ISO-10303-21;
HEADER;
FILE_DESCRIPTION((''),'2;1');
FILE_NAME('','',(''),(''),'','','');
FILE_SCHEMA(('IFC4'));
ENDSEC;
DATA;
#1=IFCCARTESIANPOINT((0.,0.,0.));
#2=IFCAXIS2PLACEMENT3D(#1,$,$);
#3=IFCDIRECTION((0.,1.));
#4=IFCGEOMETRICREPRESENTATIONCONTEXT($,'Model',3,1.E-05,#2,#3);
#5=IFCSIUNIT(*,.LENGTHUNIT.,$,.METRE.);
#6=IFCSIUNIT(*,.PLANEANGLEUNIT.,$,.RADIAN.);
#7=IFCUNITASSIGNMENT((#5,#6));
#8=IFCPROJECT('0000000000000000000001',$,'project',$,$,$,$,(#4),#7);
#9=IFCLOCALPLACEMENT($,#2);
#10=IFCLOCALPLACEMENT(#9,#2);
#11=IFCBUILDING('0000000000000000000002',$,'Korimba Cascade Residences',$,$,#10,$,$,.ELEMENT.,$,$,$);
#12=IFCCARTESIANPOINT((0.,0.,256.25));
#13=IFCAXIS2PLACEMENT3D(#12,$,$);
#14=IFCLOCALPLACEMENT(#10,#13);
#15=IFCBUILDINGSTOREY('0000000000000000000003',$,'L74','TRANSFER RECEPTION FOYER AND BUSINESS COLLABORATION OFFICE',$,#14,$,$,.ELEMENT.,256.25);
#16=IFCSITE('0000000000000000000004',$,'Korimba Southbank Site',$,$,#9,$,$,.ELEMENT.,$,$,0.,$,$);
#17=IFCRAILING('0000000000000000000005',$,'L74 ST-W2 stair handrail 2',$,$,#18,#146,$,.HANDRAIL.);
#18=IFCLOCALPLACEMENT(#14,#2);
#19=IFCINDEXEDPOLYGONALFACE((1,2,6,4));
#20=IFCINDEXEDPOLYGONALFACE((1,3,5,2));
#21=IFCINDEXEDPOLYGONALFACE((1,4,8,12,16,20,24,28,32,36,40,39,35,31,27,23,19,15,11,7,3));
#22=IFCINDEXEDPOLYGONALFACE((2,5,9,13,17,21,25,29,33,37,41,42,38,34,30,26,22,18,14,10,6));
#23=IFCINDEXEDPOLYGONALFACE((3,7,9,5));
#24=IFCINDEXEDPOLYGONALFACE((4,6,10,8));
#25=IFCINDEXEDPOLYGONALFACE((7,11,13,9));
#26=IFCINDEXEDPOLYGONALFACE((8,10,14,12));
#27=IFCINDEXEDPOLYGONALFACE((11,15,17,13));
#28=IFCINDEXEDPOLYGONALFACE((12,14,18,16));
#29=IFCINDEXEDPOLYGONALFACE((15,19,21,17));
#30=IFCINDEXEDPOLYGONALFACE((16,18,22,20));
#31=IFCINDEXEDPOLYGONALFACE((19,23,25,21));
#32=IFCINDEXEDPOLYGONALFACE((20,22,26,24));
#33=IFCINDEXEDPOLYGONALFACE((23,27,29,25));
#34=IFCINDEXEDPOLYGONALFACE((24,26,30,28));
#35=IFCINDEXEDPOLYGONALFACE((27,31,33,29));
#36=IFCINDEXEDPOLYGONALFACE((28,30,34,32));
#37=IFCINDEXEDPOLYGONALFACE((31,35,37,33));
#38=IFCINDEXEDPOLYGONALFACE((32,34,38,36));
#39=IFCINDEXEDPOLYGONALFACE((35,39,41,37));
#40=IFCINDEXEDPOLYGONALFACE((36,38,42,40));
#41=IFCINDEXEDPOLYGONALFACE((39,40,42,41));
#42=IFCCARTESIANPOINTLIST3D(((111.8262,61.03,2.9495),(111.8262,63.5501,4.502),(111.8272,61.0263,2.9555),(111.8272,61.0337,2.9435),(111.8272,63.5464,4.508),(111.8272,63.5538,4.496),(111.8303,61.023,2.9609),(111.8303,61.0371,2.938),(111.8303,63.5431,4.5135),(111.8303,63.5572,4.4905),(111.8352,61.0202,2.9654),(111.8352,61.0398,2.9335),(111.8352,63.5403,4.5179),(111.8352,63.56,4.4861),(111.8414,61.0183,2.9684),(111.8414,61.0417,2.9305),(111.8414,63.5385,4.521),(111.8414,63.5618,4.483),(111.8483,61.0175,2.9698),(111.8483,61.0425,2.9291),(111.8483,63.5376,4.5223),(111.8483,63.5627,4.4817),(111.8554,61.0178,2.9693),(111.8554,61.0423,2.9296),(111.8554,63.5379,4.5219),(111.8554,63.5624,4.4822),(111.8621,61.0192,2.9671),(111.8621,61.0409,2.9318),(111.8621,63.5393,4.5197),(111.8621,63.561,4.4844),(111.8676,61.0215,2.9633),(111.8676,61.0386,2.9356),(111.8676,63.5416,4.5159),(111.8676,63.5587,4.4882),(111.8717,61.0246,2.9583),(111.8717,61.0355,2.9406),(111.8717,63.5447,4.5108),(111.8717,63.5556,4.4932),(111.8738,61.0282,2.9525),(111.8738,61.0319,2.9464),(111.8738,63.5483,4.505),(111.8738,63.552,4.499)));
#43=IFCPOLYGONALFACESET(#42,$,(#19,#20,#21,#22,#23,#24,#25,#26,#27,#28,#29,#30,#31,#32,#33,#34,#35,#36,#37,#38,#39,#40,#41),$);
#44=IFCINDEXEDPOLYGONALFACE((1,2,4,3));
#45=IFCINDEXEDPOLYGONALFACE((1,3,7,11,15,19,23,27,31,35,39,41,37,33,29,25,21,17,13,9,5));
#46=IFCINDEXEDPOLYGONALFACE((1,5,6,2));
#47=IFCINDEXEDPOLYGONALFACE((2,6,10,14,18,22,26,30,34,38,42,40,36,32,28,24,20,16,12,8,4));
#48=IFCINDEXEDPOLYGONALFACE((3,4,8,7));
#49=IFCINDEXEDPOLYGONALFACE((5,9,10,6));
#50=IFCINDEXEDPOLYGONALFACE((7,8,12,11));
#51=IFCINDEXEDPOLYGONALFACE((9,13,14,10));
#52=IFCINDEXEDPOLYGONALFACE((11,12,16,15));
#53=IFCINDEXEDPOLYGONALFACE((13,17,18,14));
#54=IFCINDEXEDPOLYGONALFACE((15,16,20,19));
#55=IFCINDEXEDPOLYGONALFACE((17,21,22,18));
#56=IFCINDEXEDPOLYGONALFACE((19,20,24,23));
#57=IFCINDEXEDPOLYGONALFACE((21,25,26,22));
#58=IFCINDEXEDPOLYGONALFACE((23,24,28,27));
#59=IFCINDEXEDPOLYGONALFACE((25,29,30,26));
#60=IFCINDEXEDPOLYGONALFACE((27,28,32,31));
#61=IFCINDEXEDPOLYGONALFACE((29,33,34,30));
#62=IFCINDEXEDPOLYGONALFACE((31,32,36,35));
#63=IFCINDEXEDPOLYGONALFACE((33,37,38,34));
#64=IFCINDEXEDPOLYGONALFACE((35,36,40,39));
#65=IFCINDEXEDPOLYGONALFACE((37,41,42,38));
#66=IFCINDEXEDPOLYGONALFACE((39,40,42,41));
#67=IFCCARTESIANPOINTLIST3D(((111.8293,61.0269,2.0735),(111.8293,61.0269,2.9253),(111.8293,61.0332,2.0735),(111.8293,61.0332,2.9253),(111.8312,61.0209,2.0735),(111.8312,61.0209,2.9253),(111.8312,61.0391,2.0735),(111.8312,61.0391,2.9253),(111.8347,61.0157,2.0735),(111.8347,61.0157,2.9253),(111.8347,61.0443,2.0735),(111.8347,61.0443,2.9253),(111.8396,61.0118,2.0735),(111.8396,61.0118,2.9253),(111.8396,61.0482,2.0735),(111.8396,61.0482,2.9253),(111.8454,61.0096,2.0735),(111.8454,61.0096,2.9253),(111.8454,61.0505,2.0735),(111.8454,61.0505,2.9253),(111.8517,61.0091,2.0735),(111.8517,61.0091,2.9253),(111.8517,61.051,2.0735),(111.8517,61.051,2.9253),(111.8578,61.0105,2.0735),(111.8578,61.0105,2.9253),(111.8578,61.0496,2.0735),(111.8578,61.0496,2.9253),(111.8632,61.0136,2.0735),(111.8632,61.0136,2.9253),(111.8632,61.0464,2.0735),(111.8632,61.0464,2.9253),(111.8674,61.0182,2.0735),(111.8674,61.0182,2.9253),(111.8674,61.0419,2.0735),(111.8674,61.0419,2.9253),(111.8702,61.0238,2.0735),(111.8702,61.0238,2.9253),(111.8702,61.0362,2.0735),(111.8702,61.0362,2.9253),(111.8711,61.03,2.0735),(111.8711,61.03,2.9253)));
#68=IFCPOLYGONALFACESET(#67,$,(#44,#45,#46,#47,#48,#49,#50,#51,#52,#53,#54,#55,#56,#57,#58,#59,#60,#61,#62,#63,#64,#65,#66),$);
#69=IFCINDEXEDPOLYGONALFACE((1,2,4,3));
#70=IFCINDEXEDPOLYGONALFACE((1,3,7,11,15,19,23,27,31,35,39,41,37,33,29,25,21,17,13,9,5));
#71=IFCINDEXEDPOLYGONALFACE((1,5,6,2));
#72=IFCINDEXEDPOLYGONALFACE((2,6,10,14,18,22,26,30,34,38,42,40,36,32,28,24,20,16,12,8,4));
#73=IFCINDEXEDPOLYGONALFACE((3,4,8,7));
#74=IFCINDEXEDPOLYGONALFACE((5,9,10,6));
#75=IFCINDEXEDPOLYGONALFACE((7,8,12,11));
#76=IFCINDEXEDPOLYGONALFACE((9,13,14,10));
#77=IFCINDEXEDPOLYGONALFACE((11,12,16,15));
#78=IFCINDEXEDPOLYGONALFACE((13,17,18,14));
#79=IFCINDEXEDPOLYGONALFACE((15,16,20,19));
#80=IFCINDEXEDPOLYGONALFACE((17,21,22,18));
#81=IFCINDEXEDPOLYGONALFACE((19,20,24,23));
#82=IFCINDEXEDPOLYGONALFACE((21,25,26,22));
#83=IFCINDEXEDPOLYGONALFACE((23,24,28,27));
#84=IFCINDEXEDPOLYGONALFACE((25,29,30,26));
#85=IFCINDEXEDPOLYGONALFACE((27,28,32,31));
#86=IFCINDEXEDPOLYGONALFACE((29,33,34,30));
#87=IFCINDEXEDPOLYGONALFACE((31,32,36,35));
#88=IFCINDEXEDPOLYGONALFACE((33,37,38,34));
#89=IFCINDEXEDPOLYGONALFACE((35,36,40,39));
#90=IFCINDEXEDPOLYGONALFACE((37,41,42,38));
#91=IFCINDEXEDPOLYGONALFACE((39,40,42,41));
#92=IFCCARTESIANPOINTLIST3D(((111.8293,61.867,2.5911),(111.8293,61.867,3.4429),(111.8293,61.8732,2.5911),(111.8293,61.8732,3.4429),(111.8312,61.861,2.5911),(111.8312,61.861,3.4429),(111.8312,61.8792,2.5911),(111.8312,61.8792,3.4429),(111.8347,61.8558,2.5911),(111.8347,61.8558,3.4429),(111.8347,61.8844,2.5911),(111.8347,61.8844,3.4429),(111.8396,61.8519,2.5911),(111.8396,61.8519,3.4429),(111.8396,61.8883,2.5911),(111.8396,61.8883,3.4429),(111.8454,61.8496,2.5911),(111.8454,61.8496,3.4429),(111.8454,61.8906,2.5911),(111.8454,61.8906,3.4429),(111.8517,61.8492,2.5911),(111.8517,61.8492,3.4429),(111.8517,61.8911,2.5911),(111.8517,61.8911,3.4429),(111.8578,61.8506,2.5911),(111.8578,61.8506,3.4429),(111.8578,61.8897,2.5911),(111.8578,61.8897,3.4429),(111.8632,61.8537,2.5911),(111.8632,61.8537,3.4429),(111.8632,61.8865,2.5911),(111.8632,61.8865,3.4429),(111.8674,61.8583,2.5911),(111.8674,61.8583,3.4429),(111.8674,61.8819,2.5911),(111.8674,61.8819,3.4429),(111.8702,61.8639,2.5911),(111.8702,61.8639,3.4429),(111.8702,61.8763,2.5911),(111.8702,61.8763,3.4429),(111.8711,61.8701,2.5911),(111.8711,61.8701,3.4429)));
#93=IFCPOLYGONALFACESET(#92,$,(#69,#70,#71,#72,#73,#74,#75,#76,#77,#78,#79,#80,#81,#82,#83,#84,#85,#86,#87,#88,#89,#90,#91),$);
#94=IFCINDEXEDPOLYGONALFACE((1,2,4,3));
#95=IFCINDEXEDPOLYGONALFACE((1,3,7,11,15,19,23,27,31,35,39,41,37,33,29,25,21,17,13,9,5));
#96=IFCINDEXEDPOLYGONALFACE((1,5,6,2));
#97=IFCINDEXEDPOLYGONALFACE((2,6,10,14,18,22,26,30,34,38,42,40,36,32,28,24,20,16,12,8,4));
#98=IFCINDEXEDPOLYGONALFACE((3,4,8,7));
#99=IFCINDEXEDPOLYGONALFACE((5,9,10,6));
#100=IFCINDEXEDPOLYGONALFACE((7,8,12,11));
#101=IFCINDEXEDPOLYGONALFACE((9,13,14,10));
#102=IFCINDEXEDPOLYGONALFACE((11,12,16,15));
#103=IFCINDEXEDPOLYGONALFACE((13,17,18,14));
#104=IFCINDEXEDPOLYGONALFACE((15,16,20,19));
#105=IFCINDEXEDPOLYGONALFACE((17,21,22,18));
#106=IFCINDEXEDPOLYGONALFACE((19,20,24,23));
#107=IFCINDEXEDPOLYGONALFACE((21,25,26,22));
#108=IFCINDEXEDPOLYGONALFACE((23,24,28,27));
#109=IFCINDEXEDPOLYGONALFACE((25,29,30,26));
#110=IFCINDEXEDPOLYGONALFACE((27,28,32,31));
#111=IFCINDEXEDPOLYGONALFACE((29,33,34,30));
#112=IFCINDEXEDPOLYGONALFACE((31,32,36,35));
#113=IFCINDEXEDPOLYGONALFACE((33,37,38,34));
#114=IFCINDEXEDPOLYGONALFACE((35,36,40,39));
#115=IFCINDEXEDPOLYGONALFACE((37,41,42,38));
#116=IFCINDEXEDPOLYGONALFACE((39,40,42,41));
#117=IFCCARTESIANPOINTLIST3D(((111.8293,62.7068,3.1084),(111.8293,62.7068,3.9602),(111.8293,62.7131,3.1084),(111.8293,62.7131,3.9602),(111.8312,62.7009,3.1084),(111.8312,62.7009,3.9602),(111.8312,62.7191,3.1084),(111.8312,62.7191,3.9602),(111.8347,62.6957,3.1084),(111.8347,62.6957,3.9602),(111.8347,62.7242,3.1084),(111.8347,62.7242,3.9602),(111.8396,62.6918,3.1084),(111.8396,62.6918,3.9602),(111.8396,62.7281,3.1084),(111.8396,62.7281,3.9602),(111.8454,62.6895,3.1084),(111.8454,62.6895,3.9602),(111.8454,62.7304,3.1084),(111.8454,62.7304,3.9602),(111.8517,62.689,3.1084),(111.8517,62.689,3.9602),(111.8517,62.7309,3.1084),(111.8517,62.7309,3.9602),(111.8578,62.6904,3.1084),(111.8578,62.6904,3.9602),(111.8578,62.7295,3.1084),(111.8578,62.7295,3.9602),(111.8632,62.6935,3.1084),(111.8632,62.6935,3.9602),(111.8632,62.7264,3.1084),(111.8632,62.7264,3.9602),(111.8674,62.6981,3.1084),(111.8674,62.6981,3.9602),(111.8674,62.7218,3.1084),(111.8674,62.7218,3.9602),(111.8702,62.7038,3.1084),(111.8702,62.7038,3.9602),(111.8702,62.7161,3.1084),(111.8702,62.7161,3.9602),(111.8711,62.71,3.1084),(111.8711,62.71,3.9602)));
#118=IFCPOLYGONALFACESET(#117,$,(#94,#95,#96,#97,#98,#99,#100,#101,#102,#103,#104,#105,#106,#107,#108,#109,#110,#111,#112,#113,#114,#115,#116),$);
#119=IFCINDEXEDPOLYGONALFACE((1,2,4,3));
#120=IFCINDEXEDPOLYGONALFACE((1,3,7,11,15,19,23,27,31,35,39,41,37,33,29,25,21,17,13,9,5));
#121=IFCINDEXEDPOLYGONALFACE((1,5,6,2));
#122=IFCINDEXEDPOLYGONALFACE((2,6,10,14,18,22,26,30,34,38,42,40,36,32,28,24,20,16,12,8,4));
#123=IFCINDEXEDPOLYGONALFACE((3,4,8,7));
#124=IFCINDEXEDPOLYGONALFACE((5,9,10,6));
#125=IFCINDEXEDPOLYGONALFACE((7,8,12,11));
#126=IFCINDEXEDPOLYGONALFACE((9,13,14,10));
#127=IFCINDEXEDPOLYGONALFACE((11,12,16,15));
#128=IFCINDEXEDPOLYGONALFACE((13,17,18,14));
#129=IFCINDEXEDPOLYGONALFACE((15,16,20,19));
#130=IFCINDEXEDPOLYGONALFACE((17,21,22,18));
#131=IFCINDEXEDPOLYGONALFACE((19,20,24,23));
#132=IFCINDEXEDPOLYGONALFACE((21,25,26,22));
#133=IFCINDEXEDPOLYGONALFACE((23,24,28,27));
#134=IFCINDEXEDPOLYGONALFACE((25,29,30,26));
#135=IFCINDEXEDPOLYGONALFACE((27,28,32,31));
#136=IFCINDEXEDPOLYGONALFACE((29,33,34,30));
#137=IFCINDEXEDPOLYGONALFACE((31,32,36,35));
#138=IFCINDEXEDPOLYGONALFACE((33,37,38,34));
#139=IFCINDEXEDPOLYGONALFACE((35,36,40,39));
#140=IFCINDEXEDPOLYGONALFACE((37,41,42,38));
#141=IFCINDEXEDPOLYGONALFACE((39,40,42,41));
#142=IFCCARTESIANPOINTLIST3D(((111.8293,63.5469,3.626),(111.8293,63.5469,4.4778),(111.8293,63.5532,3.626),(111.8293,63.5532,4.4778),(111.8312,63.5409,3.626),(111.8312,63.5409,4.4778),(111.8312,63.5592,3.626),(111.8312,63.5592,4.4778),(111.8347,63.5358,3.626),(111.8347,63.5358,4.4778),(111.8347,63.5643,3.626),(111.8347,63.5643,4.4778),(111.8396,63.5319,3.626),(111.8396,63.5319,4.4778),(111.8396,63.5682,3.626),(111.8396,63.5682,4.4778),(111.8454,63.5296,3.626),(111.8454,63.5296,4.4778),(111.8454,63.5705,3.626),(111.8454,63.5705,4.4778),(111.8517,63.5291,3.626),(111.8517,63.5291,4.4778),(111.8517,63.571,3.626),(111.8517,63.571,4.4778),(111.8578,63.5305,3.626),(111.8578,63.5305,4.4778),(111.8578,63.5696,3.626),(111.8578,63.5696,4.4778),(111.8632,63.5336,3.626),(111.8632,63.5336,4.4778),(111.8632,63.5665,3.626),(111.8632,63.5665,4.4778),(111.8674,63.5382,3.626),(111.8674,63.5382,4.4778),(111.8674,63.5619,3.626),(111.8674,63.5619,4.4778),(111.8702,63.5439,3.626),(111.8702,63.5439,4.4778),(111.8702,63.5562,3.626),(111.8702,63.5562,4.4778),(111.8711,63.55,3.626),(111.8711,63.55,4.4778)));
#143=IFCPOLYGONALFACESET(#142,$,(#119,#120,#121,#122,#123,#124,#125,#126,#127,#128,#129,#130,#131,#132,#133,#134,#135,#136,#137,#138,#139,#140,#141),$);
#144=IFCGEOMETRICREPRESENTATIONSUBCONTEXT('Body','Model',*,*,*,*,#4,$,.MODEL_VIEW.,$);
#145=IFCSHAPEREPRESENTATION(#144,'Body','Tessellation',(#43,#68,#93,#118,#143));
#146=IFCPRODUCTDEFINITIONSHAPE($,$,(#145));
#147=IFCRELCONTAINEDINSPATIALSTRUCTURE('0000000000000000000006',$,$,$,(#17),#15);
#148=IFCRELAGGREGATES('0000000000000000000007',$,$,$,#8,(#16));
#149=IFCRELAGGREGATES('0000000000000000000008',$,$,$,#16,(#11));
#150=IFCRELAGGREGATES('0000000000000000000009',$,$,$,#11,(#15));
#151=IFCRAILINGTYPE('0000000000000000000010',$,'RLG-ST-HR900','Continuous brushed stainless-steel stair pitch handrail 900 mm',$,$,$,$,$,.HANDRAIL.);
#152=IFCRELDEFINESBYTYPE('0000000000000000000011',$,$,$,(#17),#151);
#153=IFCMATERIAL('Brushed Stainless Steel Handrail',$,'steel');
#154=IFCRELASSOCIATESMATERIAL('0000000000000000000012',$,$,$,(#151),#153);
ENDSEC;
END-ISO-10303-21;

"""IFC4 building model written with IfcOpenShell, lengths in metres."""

from ifc_helpers import new_model, si_unit, direction, frame, origin, origin_2d, place, context, subcontext, project, spatial, circle, extrude, material, type_object, element, save


model = new_model("IFC4")

# Units and contexts
model_context = context("Model", 3, precision=1e-05, world=origin(), true_north=direction((0.0, 1.0)))
body_context = subcontext(model_context, "Body", "Model", "MODEL_VIEW")
ifc_project = project(units=[si_unit("LENGTHUNIT", "METRE"), si_unit("PLANEANGLEUNIT", "RADIAN")], contexts=[model_context])

# Site, building, storey
site_placement = place(None, origin())
site = spatial("IfcSite", under=ifc_project, at=site_placement, Name="Korimba Southbank Site", CompositionType="ELEMENT", RefElevation=0.0)
building_placement = place(site_placement, origin())
building = spatial("IfcBuilding", under=site, at=building_placement, Name="Korimba Cascade Residences", CompositionType="ELEMENT")
storey_placement = place(building_placement, frame((0.0, 0.0, 256.25)))
storey = spatial("IfcBuildingStorey", under=building, at=storey_placement, Name="L74", Description="TRANSFER RECEPTION FOYER AND BUSINESS COLLABORATION OFFICE", CompositionType="ELEMENT", Elevation=256.25)

# Railing
ifc_material_1 = material(Name="Brushed Stainless Steel Handrail", Category="steel")
railing_type_1 = type_object("IfcRailingType", Name="RLG-ST-HR900", Description="Continuous brushed stainless-steel stair pitch handrail 900 mm", PredefinedType="HANDRAIL", material=ifc_material_1)
railing_1_placement = place(storey_placement, frame((111.8501, 61.03, 2.0735)))
element("IfcRailing", 1, at=railing_1_placement, inside=storey, type_object=railing_type_1, Name="L74 ST-W2 stair handrail 2", PredefinedType="HANDRAIL", context=body_context, shape_type="SweptSolid", body=[
    extrude(circle(Radius=0.0239, at=origin_2d()), frame((0.0, 0.0, 0.876), z_axis=(0.0, 0.8514, 0.524516), x_axis=(-1.0, 0.0, 0.0)), (0.0, 0.0, 1.0), 2.96),
    extrude(circle(Radius=0.021, at=origin_2d()), origin(), (0.0, 0.0, 1.0), 0.8518),
    extrude(circle(Radius=0.021, at=origin_2d()), frame((0.0, 0.8401, 0.5176)), (0.0, 0.0, 1.0), 0.8518),
    extrude(circle(Radius=0.021, at=origin_2d()), frame((0.0, 1.6799, 1.0349)), (0.0, 0.0, 1.0), 0.8518),
    extrude(circle(Radius=0.021, at=origin_2d()), frame((0.0, 2.52, 1.5525)), (0.0, 0.0, 1.0), 0.8518),
])

save(model, "model.ifc")
